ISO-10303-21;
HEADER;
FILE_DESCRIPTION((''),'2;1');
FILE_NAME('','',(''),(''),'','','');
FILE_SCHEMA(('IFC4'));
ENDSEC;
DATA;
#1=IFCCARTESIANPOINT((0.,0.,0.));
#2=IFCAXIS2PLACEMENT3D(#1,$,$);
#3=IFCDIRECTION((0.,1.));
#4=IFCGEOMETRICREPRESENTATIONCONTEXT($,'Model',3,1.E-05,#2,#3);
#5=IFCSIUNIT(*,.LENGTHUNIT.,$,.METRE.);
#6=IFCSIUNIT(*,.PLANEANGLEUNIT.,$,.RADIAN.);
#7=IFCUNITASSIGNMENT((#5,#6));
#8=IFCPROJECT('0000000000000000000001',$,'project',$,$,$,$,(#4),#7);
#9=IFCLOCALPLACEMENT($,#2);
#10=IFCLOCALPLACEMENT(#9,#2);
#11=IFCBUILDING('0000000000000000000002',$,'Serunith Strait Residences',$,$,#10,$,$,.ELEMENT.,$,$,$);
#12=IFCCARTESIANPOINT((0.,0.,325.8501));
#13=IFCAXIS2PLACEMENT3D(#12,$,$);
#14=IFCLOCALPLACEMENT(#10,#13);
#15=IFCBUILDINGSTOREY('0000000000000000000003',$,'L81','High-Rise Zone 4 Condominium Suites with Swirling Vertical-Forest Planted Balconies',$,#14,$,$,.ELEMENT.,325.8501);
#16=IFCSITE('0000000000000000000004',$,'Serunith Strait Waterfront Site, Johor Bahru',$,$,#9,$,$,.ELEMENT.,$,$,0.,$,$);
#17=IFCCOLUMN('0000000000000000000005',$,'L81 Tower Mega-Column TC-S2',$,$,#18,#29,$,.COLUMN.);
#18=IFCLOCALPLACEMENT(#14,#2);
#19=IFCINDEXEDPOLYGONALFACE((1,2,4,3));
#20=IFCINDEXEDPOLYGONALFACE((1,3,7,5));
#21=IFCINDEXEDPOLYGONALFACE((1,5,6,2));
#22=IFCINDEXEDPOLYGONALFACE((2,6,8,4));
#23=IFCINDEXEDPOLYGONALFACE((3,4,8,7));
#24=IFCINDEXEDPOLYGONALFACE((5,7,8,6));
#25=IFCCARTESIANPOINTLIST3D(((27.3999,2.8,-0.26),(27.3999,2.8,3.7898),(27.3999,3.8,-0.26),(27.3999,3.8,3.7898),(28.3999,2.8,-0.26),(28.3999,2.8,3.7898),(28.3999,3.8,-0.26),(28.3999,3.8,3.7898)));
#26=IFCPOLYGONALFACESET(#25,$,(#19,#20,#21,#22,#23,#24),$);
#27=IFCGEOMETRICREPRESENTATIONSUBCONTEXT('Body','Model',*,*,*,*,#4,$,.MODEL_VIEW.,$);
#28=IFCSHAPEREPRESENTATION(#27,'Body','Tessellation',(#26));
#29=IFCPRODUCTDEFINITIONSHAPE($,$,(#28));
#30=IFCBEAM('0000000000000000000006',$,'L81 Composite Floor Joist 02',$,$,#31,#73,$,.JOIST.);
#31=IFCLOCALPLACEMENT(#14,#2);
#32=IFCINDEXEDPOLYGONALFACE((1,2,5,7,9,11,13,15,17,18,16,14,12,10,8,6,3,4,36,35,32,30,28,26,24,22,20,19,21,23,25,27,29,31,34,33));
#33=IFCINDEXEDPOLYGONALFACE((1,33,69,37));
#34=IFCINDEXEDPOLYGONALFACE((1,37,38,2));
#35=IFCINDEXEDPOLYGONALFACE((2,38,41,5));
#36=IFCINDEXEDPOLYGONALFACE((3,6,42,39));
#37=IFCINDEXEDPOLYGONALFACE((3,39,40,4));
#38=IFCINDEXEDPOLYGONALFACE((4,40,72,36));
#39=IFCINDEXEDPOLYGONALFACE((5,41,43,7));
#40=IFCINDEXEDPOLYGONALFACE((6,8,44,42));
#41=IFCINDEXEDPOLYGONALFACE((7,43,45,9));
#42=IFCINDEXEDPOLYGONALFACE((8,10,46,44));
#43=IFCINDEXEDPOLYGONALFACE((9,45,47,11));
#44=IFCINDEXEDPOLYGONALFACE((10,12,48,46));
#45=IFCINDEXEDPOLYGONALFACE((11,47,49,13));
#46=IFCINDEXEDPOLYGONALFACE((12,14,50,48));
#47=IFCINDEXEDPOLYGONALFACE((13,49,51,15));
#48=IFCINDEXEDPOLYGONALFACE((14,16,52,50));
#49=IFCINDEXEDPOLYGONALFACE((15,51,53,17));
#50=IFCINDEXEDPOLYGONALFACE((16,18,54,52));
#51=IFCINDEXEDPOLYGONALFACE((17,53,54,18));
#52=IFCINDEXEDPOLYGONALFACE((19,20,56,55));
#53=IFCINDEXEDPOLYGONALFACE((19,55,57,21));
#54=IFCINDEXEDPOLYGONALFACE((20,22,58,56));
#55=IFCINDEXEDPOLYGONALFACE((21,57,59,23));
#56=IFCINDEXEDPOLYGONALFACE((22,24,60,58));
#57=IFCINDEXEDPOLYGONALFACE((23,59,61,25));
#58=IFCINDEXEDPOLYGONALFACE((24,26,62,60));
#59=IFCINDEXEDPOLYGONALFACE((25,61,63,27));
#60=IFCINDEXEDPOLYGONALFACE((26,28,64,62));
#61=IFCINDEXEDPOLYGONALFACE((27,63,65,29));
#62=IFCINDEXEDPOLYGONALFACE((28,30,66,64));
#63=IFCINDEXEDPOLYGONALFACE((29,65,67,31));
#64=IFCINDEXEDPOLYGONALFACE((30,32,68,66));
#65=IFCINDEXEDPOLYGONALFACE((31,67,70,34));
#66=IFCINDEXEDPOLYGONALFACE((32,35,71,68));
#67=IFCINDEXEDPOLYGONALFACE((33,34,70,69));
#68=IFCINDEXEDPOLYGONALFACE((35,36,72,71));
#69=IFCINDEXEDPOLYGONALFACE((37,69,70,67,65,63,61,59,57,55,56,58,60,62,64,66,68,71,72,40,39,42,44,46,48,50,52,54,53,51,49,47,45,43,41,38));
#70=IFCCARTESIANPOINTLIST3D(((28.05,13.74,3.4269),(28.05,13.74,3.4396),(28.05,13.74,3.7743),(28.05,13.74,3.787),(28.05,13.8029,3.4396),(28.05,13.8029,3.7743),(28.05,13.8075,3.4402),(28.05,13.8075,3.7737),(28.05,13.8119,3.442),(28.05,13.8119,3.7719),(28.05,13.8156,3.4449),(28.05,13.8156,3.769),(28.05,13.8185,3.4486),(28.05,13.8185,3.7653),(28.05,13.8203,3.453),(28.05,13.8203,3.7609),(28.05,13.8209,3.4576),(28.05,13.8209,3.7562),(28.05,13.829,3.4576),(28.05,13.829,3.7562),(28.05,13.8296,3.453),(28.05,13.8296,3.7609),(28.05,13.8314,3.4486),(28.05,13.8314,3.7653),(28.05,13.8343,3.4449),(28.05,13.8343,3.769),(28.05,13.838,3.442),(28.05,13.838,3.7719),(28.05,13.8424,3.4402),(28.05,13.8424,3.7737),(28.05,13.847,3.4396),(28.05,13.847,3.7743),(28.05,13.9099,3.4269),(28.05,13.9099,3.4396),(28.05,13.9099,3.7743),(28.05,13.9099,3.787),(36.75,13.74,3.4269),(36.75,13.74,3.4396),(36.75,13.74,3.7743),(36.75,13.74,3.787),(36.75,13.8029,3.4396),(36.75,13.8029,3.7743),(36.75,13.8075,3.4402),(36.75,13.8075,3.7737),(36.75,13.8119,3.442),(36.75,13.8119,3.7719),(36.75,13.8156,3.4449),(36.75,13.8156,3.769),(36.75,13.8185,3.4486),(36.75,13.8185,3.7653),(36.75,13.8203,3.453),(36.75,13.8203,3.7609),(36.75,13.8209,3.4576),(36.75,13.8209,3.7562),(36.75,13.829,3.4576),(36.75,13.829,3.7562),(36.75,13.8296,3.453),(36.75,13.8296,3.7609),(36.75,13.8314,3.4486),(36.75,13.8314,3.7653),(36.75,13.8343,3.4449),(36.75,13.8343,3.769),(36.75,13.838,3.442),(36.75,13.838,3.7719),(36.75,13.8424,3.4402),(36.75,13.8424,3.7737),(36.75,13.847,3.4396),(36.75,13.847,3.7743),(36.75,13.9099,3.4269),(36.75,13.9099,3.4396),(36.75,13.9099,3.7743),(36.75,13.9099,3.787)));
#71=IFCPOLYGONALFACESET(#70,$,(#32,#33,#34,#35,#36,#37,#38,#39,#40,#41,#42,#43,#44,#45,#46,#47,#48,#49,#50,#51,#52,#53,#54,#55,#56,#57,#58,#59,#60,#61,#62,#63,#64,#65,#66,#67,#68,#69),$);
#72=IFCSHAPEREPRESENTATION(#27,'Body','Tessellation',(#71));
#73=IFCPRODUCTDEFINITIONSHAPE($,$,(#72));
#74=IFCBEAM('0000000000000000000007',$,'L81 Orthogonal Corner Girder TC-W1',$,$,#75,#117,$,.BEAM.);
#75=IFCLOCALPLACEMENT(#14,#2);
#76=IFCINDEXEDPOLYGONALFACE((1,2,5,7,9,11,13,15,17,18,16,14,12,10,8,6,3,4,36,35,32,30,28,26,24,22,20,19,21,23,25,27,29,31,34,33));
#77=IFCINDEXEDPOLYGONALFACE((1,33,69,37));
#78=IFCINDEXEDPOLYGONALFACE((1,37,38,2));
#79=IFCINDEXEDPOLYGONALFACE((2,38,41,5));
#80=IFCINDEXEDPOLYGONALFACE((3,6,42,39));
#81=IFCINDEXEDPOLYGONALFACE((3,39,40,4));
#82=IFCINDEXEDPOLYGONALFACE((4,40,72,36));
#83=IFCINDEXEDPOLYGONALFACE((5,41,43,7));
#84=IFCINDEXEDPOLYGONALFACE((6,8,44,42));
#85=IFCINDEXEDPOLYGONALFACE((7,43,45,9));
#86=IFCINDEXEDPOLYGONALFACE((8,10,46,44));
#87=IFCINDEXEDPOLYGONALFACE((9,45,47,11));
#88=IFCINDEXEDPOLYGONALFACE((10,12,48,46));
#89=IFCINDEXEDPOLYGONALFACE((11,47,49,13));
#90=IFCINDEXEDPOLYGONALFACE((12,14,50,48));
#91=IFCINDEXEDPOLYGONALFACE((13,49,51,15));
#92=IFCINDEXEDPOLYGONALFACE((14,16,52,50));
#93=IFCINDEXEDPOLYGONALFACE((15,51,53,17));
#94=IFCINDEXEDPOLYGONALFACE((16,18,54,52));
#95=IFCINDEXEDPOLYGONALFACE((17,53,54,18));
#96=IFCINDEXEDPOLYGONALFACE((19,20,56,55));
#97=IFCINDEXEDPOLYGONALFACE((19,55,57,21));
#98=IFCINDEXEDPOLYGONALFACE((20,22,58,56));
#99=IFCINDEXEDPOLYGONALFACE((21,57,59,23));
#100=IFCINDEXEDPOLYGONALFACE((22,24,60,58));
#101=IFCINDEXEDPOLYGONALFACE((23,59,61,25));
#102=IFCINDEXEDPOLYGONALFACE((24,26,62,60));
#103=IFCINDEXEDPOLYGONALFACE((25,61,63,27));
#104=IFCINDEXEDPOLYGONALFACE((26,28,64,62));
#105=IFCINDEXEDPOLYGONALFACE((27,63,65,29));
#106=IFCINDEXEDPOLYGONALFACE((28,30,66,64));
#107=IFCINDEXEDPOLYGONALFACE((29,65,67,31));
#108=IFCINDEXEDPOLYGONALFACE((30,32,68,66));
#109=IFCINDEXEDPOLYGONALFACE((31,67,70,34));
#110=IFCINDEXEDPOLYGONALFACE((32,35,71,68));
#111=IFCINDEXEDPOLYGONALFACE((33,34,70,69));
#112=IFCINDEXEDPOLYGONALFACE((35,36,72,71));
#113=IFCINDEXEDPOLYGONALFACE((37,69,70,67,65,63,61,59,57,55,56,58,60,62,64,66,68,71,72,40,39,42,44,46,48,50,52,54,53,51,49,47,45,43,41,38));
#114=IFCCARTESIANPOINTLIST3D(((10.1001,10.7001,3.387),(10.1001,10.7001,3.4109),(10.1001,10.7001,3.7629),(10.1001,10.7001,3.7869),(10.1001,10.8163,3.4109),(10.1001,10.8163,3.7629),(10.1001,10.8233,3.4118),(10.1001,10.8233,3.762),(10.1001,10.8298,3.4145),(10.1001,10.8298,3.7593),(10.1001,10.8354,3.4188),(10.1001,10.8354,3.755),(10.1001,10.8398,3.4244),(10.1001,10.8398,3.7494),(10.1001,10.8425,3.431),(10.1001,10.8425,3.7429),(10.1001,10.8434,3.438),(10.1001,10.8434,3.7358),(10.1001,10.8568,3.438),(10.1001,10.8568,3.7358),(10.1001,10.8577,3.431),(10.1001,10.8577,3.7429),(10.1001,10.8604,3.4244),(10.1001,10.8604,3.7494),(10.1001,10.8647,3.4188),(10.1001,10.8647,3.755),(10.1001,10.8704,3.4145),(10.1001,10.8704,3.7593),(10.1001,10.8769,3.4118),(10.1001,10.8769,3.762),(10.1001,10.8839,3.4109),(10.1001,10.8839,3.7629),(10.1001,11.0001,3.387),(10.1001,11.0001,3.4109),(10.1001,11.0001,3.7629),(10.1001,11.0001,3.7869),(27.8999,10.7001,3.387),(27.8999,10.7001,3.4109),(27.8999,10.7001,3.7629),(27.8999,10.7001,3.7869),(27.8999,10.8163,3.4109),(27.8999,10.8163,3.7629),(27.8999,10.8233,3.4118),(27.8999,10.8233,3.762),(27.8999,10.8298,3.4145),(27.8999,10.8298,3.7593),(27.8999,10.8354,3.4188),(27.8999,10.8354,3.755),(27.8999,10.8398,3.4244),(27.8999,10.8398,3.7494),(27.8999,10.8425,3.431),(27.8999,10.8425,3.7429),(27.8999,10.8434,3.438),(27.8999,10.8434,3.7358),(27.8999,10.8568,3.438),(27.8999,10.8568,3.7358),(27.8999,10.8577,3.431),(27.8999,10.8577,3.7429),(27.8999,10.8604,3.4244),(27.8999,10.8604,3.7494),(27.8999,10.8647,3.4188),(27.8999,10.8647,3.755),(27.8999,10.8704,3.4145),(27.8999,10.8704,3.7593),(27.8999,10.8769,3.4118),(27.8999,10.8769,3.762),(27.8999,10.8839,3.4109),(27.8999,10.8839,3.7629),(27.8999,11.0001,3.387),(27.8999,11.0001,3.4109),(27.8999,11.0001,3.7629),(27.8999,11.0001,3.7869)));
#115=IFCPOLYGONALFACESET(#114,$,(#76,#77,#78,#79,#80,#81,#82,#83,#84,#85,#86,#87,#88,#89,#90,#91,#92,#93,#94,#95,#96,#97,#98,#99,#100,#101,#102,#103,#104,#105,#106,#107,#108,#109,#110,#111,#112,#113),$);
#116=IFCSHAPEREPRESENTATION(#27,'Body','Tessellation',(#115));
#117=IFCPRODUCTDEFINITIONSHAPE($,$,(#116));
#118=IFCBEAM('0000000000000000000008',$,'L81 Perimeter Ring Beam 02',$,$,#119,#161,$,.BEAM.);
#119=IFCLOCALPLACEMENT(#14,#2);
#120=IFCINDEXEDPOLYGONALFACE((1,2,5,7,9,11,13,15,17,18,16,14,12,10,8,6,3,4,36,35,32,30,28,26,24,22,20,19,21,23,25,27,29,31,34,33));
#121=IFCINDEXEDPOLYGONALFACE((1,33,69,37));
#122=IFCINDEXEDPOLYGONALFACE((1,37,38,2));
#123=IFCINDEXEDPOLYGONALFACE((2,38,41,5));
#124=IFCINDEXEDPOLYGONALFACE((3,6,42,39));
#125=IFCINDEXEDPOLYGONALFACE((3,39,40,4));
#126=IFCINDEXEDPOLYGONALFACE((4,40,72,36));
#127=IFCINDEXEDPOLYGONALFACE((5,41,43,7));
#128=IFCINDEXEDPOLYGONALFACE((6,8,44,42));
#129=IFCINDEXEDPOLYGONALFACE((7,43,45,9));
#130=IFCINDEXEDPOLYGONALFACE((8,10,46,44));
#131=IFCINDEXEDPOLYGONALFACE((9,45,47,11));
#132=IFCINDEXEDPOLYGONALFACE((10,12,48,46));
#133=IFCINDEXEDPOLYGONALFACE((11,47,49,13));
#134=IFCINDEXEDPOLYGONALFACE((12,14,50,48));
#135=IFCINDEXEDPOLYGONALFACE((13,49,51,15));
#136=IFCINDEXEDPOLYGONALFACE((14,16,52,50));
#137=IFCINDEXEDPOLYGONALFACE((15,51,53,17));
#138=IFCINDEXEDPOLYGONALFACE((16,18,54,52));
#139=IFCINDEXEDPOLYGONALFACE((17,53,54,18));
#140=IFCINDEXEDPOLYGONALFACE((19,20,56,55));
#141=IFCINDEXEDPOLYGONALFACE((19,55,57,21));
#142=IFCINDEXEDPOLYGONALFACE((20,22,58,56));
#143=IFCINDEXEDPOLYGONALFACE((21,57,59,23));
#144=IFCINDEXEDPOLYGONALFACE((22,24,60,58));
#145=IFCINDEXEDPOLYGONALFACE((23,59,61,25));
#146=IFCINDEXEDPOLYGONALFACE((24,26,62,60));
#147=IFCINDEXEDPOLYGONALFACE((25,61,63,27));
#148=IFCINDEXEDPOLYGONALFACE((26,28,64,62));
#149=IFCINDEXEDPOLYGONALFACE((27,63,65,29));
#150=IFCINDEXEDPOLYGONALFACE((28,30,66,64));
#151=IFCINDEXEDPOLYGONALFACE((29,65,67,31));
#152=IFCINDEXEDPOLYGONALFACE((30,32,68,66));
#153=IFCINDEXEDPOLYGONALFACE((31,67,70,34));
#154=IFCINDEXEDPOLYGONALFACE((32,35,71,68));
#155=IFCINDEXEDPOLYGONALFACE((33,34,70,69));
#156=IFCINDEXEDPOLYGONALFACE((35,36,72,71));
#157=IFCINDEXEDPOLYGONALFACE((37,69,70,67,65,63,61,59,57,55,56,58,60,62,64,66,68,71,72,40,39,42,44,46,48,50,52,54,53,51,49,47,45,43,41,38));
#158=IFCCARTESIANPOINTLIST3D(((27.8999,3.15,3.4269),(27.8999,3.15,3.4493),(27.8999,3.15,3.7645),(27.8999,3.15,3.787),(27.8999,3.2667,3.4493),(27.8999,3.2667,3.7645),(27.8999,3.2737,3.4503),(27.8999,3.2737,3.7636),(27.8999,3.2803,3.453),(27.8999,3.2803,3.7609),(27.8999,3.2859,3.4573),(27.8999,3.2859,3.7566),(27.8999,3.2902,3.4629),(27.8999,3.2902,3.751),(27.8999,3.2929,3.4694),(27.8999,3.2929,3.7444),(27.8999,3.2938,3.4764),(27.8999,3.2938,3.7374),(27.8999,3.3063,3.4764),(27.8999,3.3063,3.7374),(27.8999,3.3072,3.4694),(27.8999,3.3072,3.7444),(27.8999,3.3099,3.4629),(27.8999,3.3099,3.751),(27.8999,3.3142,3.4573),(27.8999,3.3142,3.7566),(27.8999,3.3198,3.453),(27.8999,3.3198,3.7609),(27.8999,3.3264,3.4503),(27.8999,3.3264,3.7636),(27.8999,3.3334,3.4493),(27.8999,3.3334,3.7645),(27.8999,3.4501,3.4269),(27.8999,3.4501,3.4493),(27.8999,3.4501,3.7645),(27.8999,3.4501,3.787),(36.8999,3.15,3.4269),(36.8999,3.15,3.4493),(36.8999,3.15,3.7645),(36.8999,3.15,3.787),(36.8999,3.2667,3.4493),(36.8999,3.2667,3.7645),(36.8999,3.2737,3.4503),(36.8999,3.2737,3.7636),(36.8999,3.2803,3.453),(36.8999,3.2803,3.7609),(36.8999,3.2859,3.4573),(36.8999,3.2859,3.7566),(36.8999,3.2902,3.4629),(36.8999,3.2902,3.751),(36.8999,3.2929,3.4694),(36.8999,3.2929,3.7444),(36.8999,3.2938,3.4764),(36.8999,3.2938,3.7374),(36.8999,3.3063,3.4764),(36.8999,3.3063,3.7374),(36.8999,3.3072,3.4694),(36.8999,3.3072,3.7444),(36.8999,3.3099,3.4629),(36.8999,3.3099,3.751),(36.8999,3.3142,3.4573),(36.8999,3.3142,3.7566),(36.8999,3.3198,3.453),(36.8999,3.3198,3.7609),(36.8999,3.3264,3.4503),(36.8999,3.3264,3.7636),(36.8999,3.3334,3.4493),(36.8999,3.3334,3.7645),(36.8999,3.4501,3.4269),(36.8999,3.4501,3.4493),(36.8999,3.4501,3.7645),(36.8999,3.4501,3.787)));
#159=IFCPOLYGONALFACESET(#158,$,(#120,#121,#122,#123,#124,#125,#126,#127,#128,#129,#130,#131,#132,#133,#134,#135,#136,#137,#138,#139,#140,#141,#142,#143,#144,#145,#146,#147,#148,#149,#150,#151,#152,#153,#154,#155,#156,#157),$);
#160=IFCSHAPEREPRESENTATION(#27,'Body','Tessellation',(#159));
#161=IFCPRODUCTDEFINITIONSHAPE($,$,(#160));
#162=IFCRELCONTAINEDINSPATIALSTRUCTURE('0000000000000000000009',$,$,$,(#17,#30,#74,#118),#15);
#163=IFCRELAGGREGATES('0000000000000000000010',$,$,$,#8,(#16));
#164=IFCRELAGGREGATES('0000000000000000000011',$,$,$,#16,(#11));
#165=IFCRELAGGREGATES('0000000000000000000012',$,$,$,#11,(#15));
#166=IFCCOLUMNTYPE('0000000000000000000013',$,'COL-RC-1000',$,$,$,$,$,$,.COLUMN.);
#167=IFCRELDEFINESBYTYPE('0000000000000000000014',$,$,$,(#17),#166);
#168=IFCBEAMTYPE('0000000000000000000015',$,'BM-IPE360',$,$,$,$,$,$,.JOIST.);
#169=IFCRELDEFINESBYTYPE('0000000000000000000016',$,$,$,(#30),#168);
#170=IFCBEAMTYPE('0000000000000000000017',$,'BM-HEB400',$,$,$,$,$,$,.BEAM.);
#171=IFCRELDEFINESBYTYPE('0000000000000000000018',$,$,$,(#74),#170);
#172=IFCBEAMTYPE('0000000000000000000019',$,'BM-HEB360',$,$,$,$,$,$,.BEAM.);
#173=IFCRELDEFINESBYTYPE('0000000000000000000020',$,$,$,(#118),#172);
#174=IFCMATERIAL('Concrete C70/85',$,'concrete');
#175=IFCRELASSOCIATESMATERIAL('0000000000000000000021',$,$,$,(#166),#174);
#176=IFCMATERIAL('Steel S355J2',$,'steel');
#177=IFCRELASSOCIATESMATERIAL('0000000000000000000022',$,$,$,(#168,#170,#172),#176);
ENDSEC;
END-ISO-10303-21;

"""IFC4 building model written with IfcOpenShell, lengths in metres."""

from ifc_helpers import new_model, si_unit, direction, frame, origin, origin_2d, place, context, subcontext, project, spatial, rectangle, i_section, extrude, source, transform, mapped, material, material_profile, profile_set, type_object, element, save


model = new_model("IFC4")

# Units and contexts
model_context = context("Model", 3, precision=1e-05, world=origin(), true_north=direction((0.0, 1.0)))
body_context = subcontext(model_context, "Body", "Model", "MODEL_VIEW")
ifc_project = project(units=[si_unit("LENGTHUNIT", "METRE"), si_unit("PLANEANGLEUNIT", "RADIAN")], contexts=[model_context])

# Site, building, storey
site_placement = place(None, origin())
site = spatial("IfcSite", under=ifc_project, at=site_placement, Name="Serunith Strait Waterfront Site, Johor Bahru", CompositionType="ELEMENT", RefElevation=0.0)
building_placement = place(site_placement, origin())
building = spatial("IfcBuilding", under=site, at=building_placement, Name="Serunith Strait Residences", CompositionType="ELEMENT")
storey_placement = place(building_placement, frame((0.0, 0.0, 325.8501)))
storey = spatial("IfcBuildingStorey", under=building, at=storey_placement, Name="L81", Description="High-Rise Zone 4 Condominium Suites with Swirling Vertical-Forest Planted Balconies", CompositionType="ELEMENT", Elevation=325.8501)

# Column
ifc_material_1 = material(Name="Concrete C70/85", Category="concrete")
ifc_material_profile_1 = material_profile(ifc_material_1, rectangle(XDim=1.0, YDim=1.0, at=origin_2d()), Name="RC 1000x1000")
ifc_profile_set_1 = profile_set([ifc_material_profile_1], Name="Concrete C70/85")
column_type = type_object("IfcColumnType", Name="COL-RC-1000", PredefinedType="COLUMN", material=ifc_profile_set_1)
shared_shape_1 = source(origin(), body_context, "Body", "SweptSolid", [
    extrude(rectangle(XDim=1.0, YDim=1.0, at=origin_2d()), origin(), (0.0, 0.0, 1.0), 4.0498),
])
column_placement = place(storey_placement, frame((27.8999, 3.3, -0.26), z_axis=(0.0, 0.0, 1.0), x_axis=(1.0, 0.0, 0.0)))
element("IfcColumn", 1, at=column_placement, inside=storey, type_object=column_type, Name="L81 Tower Mega-Column TC-S2", PredefinedType="COLUMN", context=body_context, shape_type="MappedRepresentation", body=[
    mapped(shared_shape_1, transform((0.0, 0.0, 0.0), scale=1.0)),
])

# Beams
ifc_material_2 = material(Name="Steel S355J2", Category="steel")
ifc_material_profile_2 = material_profile(ifc_material_2, i_section(OverallWidth=0.1699, OverallDepth=0.3601, WebThickness=0.0081, FlangeThickness=0.0127, FilletRadius=0.0181, at=origin_2d()), Name="IPE 360")
ifc_profile_set_2 = profile_set([ifc_material_profile_2], Name="Steel S355J2")
beam_type_1 = type_object("IfcBeamType", Name="BM-IPE360", PredefinedType="JOIST", material=ifc_profile_set_2)
shared_shape_2 = source(origin(), body_context, "Body", "SweptSolid", [
    extrude(i_section(OverallWidth=0.1699, OverallDepth=0.3601, WebThickness=0.0081, FlangeThickness=0.0127, FilletRadius=0.0181, at=origin_2d()), origin(), (0.0, 0.0, 1.0), 8.7),
])
beam_1_placement = place(storey_placement, frame((28.05, 13.825, 3.6069), z_axis=(1.0, 0.0, 0.0), x_axis=(0.0, 1.0, 0.0)))
element("IfcBeam", 2, at=beam_1_placement, inside=storey, type_object=beam_type_1, Name="L81 Composite Floor Joist 02", PredefinedType="JOIST", context=body_context, shape_type="MappedRepresentation", body=[
    mapped(shared_shape_2, transform((0.0, 0.0, 0.0), scale=1.0)),
])
ifc_material_profile_3 = material_profile(ifc_material_2, i_section(OverallWidth=0.3, OverallDepth=0.3999, WebThickness=0.0134, FlangeThickness=0.0239, FilletRadius=0.0271, at=origin_2d()), Name="HEB 400")
ifc_profile_set_3 = profile_set([ifc_material_profile_3], Name="Steel S355J2")
beam_type_2 = type_object("IfcBeamType", Name="BM-HEB400", PredefinedType="BEAM", material=ifc_profile_set_3)
shared_shape_3 = source(origin(), body_context, "Body", "SweptSolid", [
    extrude(i_section(OverallWidth=0.3, OverallDepth=0.3999, WebThickness=0.0134, FlangeThickness=0.0239, FilletRadius=0.0271, at=origin_2d()), origin(), (0.0, 0.0, 1.0), 17.7998),
])
beam_2_placement = place(storey_placement, frame((27.8999, 10.8501, 3.5869), z_axis=(-1.0, 0.0, 0.0), x_axis=(0.0, -1.0, 0.0)))
element("IfcBeam", 3, at=beam_2_placement, inside=storey, type_object=beam_type_2, Name="L81 Orthogonal Corner Girder TC-W1", PredefinedType="BEAM", context=body_context, shape_type="MappedRepresentation", body=[
    mapped(shared_shape_3, transform((0.0, 0.0, 0.0), scale=1.0)),
])
ifc_material_profile_4 = material_profile(ifc_material_2, i_section(OverallWidth=0.3, OverallDepth=0.3601, WebThickness=0.0125, FlangeThickness=0.0225, FilletRadius=0.0271, at=origin_2d()), Name="HEB 360")
ifc_profile_set_4 = profile_set([ifc_material_profile_4], Name="Steel S355J2")
beam_type_3 = type_object("IfcBeamType", Name="BM-HEB360", PredefinedType="BEAM", material=ifc_profile_set_4)
shared_shape_4 = source(origin(), body_context, "Body", "SweptSolid", [
    extrude(i_section(OverallWidth=0.3, OverallDepth=0.3601, WebThickness=0.0125, FlangeThickness=0.0225, FilletRadius=0.0271, at=origin_2d()), origin(), (0.0, 0.0, 1.0), 9.0),
])
beam_3_placement = place(storey_placement, frame((27.8999, 3.3, 3.6069), z_axis=(1.0, 0.0, 0.0), x_axis=(0.0, 1.0, 0.0)))
element("IfcBeam", 4, at=beam_3_placement, inside=storey, type_object=beam_type_3, Name="L81 Perimeter Ring Beam 02", PredefinedType="BEAM", context=body_context, shape_type="MappedRepresentation", body=[
    mapped(shared_shape_4, transform((0.0, 0.0, 0.0), scale=1.0)),
])

save(model, "model.ifc")
